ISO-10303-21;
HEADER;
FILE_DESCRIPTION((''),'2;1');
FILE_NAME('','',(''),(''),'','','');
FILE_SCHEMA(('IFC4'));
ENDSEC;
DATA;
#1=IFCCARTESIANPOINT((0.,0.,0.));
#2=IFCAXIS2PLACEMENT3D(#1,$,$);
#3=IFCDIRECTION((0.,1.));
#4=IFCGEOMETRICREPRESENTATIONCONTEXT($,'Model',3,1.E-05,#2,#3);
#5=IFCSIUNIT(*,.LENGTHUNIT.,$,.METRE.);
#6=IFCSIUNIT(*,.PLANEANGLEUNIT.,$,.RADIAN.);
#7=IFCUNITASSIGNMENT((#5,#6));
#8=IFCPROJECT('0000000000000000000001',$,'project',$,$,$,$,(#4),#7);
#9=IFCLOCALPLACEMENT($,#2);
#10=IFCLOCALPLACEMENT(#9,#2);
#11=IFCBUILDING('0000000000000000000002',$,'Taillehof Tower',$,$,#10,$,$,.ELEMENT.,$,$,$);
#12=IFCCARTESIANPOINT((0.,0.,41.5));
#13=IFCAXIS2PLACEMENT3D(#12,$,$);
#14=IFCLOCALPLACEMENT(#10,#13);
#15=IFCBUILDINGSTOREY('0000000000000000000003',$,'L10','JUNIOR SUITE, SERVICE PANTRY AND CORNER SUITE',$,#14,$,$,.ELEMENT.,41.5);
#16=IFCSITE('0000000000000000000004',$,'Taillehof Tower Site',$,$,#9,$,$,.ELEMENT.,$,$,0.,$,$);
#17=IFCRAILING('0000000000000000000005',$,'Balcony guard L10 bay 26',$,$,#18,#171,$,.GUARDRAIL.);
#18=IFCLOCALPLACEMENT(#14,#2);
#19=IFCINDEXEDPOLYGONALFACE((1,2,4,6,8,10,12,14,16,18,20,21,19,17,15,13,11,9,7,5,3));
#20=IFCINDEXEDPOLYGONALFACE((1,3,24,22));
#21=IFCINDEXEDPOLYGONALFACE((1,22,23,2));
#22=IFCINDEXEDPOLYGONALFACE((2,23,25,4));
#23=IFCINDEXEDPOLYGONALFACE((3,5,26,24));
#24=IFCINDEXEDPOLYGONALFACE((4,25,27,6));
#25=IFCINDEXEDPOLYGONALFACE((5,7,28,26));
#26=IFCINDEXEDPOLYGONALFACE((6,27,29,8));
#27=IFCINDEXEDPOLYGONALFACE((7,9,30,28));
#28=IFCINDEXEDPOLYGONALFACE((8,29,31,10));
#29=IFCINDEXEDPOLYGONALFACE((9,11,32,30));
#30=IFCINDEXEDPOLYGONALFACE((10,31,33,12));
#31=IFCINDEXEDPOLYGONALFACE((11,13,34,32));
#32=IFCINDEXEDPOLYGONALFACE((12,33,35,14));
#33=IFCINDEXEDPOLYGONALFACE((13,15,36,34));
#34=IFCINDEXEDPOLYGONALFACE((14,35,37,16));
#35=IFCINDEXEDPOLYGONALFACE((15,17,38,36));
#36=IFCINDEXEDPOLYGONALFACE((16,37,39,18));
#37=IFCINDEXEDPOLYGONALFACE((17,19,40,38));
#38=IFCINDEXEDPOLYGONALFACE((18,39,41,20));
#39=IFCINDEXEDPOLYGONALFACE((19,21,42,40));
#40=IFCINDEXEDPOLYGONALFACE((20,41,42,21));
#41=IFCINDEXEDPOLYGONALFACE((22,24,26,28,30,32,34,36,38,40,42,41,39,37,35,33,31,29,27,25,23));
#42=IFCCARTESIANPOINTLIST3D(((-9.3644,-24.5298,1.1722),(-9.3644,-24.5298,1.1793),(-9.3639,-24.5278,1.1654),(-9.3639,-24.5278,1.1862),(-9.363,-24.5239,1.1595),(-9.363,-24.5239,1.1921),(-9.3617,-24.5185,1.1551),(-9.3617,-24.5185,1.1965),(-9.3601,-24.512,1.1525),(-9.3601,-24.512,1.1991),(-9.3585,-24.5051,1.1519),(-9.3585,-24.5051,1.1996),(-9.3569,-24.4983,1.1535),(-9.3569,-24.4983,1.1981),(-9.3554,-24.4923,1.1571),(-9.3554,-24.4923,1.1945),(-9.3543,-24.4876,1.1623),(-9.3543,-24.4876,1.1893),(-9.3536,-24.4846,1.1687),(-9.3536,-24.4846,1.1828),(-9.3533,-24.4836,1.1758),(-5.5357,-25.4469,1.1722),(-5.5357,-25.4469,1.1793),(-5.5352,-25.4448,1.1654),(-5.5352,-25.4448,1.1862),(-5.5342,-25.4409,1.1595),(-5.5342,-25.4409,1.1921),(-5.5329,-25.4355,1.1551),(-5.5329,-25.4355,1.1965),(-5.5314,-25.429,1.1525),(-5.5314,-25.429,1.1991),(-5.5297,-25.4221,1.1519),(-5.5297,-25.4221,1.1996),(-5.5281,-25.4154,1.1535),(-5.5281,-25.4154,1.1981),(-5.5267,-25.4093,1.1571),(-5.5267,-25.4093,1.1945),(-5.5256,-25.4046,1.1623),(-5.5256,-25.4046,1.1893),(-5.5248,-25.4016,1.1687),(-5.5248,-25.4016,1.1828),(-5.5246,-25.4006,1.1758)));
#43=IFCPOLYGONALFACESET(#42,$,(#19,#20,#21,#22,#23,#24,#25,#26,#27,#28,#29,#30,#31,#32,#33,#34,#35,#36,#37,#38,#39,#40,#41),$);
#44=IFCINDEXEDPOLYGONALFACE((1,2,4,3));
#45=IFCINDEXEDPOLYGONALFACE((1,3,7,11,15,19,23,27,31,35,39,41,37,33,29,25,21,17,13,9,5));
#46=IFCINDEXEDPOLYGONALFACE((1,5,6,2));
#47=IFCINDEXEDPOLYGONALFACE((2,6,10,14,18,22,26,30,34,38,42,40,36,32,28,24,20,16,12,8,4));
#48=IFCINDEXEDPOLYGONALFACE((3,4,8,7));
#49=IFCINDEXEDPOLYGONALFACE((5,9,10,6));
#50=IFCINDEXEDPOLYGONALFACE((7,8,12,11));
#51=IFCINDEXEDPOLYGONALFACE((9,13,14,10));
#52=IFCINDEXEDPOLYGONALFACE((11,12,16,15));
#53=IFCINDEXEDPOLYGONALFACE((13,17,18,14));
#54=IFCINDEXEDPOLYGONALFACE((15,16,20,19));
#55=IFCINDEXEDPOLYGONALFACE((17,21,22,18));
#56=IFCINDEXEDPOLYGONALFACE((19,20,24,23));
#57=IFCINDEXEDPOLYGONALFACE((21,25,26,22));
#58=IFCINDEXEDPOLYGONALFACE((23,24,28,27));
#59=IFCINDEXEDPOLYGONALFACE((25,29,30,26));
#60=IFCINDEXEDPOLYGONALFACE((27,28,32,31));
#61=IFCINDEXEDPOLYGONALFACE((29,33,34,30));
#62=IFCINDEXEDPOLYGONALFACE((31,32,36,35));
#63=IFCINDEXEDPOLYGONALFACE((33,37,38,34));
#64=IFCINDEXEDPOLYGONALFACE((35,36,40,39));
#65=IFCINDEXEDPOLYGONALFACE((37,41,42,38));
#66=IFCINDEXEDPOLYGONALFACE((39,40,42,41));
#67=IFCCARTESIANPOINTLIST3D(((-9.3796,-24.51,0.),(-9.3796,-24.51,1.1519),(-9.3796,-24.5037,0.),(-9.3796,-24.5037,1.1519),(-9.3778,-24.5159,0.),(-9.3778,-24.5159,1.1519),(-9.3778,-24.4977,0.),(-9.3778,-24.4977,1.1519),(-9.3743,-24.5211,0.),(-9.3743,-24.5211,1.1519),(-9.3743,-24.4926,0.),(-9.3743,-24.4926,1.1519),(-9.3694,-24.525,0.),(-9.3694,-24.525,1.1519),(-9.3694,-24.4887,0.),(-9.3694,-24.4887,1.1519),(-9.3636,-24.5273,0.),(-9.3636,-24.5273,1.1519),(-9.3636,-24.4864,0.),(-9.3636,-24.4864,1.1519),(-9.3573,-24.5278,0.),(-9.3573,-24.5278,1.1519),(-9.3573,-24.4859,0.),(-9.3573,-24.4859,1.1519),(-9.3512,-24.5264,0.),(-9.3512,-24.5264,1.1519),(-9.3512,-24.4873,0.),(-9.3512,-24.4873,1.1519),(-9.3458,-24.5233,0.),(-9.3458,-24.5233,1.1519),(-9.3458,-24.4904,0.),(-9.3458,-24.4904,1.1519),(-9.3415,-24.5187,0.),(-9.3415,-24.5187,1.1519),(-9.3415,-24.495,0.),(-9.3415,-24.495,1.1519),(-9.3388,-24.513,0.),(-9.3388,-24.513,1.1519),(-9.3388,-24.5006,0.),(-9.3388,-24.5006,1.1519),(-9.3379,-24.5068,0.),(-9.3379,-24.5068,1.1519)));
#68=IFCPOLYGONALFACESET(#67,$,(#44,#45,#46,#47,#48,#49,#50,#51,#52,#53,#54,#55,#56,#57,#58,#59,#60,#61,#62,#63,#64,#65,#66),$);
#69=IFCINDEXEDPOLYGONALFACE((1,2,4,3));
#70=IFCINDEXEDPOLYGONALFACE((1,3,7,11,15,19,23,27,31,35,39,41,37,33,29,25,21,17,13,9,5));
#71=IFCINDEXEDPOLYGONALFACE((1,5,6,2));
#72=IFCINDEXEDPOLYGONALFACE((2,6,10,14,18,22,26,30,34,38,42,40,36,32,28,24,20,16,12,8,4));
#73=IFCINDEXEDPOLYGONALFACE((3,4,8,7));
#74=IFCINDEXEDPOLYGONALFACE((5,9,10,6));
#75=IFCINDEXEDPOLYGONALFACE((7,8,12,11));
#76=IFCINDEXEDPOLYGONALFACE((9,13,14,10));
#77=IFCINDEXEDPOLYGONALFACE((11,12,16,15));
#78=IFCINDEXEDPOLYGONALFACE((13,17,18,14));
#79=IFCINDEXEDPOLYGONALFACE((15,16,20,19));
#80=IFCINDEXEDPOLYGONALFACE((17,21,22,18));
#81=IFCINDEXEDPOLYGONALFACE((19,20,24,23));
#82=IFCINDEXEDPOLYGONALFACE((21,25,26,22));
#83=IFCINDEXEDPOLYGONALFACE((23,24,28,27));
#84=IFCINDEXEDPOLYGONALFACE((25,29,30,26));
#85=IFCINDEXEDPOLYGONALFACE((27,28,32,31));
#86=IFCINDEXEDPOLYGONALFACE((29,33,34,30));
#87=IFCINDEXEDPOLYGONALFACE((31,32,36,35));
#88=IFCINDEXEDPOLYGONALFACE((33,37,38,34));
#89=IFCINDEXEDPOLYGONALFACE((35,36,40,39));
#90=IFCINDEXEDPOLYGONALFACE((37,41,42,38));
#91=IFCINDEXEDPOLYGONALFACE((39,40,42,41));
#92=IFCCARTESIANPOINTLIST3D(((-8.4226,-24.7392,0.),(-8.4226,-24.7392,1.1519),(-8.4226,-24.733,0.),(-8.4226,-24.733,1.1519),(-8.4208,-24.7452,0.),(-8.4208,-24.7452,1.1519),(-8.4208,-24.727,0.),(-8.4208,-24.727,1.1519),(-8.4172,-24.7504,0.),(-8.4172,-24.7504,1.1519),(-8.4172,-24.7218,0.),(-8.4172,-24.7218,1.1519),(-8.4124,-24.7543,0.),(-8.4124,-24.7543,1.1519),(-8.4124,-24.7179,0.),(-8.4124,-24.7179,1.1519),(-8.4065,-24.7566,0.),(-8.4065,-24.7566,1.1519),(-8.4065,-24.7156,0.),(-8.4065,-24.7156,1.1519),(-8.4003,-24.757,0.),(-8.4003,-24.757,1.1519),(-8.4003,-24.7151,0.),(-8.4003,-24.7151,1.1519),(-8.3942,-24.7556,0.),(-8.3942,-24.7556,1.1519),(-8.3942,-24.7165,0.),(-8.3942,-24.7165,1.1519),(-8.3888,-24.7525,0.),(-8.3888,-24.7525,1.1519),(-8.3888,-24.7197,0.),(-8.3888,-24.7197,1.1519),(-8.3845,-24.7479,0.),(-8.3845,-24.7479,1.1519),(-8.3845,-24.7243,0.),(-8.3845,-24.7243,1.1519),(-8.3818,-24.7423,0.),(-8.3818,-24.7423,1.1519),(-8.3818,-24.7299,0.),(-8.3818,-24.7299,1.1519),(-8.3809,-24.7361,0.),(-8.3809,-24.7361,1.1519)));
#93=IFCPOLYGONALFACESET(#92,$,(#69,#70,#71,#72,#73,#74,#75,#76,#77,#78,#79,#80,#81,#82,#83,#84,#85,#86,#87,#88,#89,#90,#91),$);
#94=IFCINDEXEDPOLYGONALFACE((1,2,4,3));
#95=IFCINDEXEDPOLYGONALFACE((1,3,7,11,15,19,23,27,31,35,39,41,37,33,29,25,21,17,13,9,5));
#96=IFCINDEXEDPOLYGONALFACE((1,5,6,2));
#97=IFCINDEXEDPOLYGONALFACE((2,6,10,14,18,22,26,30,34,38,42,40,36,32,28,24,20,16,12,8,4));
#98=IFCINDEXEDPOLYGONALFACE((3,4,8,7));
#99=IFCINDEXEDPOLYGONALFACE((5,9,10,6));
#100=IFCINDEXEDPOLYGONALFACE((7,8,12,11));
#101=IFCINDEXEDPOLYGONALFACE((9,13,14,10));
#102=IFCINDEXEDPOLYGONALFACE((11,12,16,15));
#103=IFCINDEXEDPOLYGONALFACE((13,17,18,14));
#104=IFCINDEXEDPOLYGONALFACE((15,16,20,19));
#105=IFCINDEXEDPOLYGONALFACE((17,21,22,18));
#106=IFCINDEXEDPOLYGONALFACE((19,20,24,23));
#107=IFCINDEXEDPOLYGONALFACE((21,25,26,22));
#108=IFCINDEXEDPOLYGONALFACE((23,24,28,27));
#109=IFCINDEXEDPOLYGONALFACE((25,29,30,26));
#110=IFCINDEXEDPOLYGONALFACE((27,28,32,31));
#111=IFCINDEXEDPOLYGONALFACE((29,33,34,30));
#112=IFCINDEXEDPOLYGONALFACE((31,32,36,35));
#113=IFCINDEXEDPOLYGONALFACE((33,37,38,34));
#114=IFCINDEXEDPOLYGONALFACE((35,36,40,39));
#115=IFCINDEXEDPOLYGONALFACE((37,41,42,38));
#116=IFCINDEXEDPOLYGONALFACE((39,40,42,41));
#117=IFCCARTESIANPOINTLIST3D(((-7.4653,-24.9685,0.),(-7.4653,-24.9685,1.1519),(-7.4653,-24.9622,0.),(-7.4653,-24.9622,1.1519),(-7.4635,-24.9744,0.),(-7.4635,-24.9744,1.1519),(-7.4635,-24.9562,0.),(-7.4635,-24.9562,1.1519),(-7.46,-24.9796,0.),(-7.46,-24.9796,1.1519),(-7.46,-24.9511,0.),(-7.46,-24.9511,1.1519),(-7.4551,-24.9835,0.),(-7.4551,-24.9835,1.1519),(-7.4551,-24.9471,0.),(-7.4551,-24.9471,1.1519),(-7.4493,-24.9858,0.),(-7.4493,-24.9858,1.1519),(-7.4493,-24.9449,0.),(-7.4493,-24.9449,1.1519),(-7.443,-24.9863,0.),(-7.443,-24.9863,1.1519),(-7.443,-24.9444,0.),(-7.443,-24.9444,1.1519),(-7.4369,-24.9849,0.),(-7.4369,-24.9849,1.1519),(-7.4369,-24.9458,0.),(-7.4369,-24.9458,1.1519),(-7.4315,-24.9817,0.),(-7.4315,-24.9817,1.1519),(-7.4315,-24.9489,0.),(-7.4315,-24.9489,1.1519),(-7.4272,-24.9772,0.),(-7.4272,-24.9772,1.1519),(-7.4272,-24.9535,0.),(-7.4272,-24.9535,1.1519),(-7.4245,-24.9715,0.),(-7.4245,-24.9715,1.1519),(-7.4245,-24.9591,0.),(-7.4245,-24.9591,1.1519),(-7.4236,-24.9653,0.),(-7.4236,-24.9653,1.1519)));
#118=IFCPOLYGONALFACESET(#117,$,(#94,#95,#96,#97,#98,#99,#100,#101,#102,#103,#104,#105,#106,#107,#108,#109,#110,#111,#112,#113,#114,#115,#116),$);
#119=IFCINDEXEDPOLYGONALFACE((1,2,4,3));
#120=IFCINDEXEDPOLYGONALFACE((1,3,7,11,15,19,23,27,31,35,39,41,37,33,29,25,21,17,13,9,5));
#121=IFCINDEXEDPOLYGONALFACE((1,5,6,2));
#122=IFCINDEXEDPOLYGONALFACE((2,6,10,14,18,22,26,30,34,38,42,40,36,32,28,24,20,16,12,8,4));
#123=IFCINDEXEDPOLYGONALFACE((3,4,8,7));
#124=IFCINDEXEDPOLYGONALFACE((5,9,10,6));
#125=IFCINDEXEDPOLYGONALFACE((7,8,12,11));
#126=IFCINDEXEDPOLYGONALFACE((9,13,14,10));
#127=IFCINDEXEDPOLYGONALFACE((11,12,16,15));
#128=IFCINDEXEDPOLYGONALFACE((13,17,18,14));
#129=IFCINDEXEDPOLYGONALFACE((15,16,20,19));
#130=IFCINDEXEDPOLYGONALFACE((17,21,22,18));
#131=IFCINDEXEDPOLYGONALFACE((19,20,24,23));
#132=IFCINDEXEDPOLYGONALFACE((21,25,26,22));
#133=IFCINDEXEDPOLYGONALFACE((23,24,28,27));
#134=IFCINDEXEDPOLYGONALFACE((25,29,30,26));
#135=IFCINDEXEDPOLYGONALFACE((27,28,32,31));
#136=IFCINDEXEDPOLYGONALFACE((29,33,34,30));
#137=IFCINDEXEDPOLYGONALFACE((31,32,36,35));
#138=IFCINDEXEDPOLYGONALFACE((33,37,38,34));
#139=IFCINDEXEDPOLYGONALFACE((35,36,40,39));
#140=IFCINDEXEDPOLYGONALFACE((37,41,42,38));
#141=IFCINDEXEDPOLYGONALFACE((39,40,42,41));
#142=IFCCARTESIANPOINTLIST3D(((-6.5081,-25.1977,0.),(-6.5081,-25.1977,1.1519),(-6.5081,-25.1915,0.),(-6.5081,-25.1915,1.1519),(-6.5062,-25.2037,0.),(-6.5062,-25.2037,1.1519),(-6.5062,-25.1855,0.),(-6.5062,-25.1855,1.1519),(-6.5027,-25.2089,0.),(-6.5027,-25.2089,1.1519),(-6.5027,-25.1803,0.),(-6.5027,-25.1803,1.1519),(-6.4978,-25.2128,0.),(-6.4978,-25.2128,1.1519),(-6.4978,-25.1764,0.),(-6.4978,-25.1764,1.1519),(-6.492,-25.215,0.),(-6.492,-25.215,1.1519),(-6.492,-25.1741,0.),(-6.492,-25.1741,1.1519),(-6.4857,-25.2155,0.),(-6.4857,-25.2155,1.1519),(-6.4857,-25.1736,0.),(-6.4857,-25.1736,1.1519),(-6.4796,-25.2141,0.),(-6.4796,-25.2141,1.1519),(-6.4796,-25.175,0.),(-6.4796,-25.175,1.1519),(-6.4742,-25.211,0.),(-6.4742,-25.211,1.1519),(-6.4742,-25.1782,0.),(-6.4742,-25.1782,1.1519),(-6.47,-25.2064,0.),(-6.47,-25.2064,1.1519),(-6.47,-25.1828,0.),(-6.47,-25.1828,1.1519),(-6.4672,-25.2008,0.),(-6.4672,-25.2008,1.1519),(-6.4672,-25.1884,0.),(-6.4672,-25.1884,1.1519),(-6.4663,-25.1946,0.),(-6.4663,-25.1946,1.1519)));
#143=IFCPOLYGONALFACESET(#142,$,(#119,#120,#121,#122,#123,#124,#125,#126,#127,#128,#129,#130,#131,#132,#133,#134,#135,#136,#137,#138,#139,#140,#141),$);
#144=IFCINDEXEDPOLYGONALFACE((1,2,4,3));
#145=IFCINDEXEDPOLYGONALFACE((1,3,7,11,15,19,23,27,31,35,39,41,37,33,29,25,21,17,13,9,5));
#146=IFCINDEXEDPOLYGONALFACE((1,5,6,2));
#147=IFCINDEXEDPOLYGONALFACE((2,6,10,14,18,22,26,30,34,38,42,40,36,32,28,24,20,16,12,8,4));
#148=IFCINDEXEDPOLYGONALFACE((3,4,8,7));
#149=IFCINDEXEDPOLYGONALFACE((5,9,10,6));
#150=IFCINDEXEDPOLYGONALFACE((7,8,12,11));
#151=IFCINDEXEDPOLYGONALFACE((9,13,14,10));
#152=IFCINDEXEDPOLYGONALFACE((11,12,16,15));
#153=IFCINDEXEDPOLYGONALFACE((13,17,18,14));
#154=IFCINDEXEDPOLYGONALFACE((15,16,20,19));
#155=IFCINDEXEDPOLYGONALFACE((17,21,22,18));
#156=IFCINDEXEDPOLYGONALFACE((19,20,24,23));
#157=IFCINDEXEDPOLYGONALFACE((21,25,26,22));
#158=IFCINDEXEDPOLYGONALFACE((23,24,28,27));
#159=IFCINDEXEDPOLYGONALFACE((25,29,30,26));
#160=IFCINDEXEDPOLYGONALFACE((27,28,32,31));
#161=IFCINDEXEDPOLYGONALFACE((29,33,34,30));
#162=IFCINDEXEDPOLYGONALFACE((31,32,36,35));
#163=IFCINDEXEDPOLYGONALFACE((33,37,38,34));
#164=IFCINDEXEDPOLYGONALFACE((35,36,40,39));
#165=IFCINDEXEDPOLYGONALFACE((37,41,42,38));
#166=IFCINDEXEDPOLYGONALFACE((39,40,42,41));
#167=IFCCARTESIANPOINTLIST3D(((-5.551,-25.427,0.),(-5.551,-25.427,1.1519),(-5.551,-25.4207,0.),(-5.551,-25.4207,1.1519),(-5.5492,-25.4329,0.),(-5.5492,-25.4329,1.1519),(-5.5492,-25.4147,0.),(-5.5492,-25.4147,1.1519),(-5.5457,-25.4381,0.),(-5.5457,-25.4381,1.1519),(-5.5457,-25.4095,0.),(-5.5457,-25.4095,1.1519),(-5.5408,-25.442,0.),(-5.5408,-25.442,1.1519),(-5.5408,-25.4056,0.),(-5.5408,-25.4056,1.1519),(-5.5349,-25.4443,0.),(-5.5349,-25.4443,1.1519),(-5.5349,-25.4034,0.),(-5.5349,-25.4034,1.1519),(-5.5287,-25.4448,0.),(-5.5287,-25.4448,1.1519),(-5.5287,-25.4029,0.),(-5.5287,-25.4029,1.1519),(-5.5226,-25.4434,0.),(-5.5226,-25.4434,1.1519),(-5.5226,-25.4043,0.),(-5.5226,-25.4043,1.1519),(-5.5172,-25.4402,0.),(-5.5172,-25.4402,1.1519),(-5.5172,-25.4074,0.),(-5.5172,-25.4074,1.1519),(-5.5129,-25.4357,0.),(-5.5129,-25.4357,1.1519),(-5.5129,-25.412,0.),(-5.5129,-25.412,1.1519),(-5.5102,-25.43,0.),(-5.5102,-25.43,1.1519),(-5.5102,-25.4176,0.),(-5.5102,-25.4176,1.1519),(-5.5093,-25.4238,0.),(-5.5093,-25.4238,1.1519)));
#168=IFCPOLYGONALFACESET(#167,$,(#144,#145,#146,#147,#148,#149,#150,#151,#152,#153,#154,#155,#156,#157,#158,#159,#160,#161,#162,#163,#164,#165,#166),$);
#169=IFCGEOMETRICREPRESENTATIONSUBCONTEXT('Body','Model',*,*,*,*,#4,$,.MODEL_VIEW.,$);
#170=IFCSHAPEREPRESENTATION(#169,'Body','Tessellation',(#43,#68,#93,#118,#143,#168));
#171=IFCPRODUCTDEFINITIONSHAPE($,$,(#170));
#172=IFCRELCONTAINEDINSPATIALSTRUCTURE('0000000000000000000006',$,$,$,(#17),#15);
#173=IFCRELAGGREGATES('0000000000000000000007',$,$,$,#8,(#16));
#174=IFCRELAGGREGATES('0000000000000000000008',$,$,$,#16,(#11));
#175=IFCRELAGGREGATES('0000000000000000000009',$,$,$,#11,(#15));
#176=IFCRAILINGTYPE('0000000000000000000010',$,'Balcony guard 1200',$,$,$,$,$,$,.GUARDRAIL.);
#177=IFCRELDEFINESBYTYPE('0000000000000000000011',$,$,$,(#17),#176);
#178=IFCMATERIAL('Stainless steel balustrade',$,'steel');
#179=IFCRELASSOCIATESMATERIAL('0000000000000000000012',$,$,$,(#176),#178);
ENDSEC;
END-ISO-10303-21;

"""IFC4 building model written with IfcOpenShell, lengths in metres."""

from ifc_helpers import new_model, si_unit, direction, frame, origin, origin_2d, place, context, subcontext, project, spatial, circle, extrude, material, type_object, element, save


model = new_model("IFC4")

# Units and contexts
model_context = context("Model", 3, precision=1e-05, world=origin(), true_north=direction((0.0, 1.0)))
body_context = subcontext(model_context, "Body", "Model", "MODEL_VIEW")
ifc_project = project(units=[si_unit("LENGTHUNIT", "METRE"), si_unit("PLANEANGLEUNIT", "RADIAN")], contexts=[model_context])

# Site, building, storey
site_placement = place(None, origin())
site = spatial("IfcSite", under=ifc_project, at=site_placement, Name="Taillehof Tower Site", CompositionType="ELEMENT", RefElevation=0.0)
building_placement = place(site_placement, origin())
building = spatial("IfcBuilding", under=site, at=building_placement, Name="Taillehof Tower", CompositionType="ELEMENT")
storey_placement = place(building_placement, frame((0.0, 0.0, 41.5)))
storey = spatial("IfcBuildingStorey", under=building, at=storey_placement, Name="L10", Description="JUNIOR SUITE, SERVICE PANTRY AND CORNER SUITE", CompositionType="ELEMENT", Elevation=41.5)

# Railing
ifc_material_1 = material(Name="Stainless steel balustrade", Category="steel")
railing_type = type_object("IfcRailingType", Name="Balcony guard 1200", PredefinedType="GUARDRAIL", material=ifc_material_1)
railing_1_placement = place(storey_placement, frame((-9.3589, -24.5068, 0.0)))
element("IfcRailing", 1, at=railing_1_placement, inside=storey, type_object=railing_type, Name="Balcony guard L10 bay 26", PredefinedType="GUARDRAIL", context=body_context, shape_type="SweptSolid", body=[
    extrude(circle(Radius=0.0239, at=origin_2d()), frame((0.0, 0.0, 1.1758), z_axis=(0.972495, -0.232923, 0.0), x_axis=(0.232923, 0.972495, 0.0)), (0.0, 0.0, 1.0), 3.937),
    extrude(circle(Radius=0.021, at=origin_2d()), origin(), (0.0, 0.0, 1.0), 1.1519),
    extrude(circle(Radius=0.021, at=origin_2d()), frame((0.957, -0.2292, 0.0)), (0.0, 0.0, 1.0), 1.1519),
    extrude(circle(Radius=0.021, at=origin_2d()), frame((1.9143, -0.4585, 0.0)), (0.0, 0.0, 1.0), 1.1519),
    extrude(circle(Radius=0.021, at=origin_2d()), frame((2.8716, -0.6877, 0.0)), (0.0, 0.0, 1.0), 1.1519),
    extrude(circle(Radius=0.021, at=origin_2d()), frame((3.8286, -0.917, 0.0)), (0.0, 0.0, 1.0), 1.1519),
])

save(model, "model.ifc")
